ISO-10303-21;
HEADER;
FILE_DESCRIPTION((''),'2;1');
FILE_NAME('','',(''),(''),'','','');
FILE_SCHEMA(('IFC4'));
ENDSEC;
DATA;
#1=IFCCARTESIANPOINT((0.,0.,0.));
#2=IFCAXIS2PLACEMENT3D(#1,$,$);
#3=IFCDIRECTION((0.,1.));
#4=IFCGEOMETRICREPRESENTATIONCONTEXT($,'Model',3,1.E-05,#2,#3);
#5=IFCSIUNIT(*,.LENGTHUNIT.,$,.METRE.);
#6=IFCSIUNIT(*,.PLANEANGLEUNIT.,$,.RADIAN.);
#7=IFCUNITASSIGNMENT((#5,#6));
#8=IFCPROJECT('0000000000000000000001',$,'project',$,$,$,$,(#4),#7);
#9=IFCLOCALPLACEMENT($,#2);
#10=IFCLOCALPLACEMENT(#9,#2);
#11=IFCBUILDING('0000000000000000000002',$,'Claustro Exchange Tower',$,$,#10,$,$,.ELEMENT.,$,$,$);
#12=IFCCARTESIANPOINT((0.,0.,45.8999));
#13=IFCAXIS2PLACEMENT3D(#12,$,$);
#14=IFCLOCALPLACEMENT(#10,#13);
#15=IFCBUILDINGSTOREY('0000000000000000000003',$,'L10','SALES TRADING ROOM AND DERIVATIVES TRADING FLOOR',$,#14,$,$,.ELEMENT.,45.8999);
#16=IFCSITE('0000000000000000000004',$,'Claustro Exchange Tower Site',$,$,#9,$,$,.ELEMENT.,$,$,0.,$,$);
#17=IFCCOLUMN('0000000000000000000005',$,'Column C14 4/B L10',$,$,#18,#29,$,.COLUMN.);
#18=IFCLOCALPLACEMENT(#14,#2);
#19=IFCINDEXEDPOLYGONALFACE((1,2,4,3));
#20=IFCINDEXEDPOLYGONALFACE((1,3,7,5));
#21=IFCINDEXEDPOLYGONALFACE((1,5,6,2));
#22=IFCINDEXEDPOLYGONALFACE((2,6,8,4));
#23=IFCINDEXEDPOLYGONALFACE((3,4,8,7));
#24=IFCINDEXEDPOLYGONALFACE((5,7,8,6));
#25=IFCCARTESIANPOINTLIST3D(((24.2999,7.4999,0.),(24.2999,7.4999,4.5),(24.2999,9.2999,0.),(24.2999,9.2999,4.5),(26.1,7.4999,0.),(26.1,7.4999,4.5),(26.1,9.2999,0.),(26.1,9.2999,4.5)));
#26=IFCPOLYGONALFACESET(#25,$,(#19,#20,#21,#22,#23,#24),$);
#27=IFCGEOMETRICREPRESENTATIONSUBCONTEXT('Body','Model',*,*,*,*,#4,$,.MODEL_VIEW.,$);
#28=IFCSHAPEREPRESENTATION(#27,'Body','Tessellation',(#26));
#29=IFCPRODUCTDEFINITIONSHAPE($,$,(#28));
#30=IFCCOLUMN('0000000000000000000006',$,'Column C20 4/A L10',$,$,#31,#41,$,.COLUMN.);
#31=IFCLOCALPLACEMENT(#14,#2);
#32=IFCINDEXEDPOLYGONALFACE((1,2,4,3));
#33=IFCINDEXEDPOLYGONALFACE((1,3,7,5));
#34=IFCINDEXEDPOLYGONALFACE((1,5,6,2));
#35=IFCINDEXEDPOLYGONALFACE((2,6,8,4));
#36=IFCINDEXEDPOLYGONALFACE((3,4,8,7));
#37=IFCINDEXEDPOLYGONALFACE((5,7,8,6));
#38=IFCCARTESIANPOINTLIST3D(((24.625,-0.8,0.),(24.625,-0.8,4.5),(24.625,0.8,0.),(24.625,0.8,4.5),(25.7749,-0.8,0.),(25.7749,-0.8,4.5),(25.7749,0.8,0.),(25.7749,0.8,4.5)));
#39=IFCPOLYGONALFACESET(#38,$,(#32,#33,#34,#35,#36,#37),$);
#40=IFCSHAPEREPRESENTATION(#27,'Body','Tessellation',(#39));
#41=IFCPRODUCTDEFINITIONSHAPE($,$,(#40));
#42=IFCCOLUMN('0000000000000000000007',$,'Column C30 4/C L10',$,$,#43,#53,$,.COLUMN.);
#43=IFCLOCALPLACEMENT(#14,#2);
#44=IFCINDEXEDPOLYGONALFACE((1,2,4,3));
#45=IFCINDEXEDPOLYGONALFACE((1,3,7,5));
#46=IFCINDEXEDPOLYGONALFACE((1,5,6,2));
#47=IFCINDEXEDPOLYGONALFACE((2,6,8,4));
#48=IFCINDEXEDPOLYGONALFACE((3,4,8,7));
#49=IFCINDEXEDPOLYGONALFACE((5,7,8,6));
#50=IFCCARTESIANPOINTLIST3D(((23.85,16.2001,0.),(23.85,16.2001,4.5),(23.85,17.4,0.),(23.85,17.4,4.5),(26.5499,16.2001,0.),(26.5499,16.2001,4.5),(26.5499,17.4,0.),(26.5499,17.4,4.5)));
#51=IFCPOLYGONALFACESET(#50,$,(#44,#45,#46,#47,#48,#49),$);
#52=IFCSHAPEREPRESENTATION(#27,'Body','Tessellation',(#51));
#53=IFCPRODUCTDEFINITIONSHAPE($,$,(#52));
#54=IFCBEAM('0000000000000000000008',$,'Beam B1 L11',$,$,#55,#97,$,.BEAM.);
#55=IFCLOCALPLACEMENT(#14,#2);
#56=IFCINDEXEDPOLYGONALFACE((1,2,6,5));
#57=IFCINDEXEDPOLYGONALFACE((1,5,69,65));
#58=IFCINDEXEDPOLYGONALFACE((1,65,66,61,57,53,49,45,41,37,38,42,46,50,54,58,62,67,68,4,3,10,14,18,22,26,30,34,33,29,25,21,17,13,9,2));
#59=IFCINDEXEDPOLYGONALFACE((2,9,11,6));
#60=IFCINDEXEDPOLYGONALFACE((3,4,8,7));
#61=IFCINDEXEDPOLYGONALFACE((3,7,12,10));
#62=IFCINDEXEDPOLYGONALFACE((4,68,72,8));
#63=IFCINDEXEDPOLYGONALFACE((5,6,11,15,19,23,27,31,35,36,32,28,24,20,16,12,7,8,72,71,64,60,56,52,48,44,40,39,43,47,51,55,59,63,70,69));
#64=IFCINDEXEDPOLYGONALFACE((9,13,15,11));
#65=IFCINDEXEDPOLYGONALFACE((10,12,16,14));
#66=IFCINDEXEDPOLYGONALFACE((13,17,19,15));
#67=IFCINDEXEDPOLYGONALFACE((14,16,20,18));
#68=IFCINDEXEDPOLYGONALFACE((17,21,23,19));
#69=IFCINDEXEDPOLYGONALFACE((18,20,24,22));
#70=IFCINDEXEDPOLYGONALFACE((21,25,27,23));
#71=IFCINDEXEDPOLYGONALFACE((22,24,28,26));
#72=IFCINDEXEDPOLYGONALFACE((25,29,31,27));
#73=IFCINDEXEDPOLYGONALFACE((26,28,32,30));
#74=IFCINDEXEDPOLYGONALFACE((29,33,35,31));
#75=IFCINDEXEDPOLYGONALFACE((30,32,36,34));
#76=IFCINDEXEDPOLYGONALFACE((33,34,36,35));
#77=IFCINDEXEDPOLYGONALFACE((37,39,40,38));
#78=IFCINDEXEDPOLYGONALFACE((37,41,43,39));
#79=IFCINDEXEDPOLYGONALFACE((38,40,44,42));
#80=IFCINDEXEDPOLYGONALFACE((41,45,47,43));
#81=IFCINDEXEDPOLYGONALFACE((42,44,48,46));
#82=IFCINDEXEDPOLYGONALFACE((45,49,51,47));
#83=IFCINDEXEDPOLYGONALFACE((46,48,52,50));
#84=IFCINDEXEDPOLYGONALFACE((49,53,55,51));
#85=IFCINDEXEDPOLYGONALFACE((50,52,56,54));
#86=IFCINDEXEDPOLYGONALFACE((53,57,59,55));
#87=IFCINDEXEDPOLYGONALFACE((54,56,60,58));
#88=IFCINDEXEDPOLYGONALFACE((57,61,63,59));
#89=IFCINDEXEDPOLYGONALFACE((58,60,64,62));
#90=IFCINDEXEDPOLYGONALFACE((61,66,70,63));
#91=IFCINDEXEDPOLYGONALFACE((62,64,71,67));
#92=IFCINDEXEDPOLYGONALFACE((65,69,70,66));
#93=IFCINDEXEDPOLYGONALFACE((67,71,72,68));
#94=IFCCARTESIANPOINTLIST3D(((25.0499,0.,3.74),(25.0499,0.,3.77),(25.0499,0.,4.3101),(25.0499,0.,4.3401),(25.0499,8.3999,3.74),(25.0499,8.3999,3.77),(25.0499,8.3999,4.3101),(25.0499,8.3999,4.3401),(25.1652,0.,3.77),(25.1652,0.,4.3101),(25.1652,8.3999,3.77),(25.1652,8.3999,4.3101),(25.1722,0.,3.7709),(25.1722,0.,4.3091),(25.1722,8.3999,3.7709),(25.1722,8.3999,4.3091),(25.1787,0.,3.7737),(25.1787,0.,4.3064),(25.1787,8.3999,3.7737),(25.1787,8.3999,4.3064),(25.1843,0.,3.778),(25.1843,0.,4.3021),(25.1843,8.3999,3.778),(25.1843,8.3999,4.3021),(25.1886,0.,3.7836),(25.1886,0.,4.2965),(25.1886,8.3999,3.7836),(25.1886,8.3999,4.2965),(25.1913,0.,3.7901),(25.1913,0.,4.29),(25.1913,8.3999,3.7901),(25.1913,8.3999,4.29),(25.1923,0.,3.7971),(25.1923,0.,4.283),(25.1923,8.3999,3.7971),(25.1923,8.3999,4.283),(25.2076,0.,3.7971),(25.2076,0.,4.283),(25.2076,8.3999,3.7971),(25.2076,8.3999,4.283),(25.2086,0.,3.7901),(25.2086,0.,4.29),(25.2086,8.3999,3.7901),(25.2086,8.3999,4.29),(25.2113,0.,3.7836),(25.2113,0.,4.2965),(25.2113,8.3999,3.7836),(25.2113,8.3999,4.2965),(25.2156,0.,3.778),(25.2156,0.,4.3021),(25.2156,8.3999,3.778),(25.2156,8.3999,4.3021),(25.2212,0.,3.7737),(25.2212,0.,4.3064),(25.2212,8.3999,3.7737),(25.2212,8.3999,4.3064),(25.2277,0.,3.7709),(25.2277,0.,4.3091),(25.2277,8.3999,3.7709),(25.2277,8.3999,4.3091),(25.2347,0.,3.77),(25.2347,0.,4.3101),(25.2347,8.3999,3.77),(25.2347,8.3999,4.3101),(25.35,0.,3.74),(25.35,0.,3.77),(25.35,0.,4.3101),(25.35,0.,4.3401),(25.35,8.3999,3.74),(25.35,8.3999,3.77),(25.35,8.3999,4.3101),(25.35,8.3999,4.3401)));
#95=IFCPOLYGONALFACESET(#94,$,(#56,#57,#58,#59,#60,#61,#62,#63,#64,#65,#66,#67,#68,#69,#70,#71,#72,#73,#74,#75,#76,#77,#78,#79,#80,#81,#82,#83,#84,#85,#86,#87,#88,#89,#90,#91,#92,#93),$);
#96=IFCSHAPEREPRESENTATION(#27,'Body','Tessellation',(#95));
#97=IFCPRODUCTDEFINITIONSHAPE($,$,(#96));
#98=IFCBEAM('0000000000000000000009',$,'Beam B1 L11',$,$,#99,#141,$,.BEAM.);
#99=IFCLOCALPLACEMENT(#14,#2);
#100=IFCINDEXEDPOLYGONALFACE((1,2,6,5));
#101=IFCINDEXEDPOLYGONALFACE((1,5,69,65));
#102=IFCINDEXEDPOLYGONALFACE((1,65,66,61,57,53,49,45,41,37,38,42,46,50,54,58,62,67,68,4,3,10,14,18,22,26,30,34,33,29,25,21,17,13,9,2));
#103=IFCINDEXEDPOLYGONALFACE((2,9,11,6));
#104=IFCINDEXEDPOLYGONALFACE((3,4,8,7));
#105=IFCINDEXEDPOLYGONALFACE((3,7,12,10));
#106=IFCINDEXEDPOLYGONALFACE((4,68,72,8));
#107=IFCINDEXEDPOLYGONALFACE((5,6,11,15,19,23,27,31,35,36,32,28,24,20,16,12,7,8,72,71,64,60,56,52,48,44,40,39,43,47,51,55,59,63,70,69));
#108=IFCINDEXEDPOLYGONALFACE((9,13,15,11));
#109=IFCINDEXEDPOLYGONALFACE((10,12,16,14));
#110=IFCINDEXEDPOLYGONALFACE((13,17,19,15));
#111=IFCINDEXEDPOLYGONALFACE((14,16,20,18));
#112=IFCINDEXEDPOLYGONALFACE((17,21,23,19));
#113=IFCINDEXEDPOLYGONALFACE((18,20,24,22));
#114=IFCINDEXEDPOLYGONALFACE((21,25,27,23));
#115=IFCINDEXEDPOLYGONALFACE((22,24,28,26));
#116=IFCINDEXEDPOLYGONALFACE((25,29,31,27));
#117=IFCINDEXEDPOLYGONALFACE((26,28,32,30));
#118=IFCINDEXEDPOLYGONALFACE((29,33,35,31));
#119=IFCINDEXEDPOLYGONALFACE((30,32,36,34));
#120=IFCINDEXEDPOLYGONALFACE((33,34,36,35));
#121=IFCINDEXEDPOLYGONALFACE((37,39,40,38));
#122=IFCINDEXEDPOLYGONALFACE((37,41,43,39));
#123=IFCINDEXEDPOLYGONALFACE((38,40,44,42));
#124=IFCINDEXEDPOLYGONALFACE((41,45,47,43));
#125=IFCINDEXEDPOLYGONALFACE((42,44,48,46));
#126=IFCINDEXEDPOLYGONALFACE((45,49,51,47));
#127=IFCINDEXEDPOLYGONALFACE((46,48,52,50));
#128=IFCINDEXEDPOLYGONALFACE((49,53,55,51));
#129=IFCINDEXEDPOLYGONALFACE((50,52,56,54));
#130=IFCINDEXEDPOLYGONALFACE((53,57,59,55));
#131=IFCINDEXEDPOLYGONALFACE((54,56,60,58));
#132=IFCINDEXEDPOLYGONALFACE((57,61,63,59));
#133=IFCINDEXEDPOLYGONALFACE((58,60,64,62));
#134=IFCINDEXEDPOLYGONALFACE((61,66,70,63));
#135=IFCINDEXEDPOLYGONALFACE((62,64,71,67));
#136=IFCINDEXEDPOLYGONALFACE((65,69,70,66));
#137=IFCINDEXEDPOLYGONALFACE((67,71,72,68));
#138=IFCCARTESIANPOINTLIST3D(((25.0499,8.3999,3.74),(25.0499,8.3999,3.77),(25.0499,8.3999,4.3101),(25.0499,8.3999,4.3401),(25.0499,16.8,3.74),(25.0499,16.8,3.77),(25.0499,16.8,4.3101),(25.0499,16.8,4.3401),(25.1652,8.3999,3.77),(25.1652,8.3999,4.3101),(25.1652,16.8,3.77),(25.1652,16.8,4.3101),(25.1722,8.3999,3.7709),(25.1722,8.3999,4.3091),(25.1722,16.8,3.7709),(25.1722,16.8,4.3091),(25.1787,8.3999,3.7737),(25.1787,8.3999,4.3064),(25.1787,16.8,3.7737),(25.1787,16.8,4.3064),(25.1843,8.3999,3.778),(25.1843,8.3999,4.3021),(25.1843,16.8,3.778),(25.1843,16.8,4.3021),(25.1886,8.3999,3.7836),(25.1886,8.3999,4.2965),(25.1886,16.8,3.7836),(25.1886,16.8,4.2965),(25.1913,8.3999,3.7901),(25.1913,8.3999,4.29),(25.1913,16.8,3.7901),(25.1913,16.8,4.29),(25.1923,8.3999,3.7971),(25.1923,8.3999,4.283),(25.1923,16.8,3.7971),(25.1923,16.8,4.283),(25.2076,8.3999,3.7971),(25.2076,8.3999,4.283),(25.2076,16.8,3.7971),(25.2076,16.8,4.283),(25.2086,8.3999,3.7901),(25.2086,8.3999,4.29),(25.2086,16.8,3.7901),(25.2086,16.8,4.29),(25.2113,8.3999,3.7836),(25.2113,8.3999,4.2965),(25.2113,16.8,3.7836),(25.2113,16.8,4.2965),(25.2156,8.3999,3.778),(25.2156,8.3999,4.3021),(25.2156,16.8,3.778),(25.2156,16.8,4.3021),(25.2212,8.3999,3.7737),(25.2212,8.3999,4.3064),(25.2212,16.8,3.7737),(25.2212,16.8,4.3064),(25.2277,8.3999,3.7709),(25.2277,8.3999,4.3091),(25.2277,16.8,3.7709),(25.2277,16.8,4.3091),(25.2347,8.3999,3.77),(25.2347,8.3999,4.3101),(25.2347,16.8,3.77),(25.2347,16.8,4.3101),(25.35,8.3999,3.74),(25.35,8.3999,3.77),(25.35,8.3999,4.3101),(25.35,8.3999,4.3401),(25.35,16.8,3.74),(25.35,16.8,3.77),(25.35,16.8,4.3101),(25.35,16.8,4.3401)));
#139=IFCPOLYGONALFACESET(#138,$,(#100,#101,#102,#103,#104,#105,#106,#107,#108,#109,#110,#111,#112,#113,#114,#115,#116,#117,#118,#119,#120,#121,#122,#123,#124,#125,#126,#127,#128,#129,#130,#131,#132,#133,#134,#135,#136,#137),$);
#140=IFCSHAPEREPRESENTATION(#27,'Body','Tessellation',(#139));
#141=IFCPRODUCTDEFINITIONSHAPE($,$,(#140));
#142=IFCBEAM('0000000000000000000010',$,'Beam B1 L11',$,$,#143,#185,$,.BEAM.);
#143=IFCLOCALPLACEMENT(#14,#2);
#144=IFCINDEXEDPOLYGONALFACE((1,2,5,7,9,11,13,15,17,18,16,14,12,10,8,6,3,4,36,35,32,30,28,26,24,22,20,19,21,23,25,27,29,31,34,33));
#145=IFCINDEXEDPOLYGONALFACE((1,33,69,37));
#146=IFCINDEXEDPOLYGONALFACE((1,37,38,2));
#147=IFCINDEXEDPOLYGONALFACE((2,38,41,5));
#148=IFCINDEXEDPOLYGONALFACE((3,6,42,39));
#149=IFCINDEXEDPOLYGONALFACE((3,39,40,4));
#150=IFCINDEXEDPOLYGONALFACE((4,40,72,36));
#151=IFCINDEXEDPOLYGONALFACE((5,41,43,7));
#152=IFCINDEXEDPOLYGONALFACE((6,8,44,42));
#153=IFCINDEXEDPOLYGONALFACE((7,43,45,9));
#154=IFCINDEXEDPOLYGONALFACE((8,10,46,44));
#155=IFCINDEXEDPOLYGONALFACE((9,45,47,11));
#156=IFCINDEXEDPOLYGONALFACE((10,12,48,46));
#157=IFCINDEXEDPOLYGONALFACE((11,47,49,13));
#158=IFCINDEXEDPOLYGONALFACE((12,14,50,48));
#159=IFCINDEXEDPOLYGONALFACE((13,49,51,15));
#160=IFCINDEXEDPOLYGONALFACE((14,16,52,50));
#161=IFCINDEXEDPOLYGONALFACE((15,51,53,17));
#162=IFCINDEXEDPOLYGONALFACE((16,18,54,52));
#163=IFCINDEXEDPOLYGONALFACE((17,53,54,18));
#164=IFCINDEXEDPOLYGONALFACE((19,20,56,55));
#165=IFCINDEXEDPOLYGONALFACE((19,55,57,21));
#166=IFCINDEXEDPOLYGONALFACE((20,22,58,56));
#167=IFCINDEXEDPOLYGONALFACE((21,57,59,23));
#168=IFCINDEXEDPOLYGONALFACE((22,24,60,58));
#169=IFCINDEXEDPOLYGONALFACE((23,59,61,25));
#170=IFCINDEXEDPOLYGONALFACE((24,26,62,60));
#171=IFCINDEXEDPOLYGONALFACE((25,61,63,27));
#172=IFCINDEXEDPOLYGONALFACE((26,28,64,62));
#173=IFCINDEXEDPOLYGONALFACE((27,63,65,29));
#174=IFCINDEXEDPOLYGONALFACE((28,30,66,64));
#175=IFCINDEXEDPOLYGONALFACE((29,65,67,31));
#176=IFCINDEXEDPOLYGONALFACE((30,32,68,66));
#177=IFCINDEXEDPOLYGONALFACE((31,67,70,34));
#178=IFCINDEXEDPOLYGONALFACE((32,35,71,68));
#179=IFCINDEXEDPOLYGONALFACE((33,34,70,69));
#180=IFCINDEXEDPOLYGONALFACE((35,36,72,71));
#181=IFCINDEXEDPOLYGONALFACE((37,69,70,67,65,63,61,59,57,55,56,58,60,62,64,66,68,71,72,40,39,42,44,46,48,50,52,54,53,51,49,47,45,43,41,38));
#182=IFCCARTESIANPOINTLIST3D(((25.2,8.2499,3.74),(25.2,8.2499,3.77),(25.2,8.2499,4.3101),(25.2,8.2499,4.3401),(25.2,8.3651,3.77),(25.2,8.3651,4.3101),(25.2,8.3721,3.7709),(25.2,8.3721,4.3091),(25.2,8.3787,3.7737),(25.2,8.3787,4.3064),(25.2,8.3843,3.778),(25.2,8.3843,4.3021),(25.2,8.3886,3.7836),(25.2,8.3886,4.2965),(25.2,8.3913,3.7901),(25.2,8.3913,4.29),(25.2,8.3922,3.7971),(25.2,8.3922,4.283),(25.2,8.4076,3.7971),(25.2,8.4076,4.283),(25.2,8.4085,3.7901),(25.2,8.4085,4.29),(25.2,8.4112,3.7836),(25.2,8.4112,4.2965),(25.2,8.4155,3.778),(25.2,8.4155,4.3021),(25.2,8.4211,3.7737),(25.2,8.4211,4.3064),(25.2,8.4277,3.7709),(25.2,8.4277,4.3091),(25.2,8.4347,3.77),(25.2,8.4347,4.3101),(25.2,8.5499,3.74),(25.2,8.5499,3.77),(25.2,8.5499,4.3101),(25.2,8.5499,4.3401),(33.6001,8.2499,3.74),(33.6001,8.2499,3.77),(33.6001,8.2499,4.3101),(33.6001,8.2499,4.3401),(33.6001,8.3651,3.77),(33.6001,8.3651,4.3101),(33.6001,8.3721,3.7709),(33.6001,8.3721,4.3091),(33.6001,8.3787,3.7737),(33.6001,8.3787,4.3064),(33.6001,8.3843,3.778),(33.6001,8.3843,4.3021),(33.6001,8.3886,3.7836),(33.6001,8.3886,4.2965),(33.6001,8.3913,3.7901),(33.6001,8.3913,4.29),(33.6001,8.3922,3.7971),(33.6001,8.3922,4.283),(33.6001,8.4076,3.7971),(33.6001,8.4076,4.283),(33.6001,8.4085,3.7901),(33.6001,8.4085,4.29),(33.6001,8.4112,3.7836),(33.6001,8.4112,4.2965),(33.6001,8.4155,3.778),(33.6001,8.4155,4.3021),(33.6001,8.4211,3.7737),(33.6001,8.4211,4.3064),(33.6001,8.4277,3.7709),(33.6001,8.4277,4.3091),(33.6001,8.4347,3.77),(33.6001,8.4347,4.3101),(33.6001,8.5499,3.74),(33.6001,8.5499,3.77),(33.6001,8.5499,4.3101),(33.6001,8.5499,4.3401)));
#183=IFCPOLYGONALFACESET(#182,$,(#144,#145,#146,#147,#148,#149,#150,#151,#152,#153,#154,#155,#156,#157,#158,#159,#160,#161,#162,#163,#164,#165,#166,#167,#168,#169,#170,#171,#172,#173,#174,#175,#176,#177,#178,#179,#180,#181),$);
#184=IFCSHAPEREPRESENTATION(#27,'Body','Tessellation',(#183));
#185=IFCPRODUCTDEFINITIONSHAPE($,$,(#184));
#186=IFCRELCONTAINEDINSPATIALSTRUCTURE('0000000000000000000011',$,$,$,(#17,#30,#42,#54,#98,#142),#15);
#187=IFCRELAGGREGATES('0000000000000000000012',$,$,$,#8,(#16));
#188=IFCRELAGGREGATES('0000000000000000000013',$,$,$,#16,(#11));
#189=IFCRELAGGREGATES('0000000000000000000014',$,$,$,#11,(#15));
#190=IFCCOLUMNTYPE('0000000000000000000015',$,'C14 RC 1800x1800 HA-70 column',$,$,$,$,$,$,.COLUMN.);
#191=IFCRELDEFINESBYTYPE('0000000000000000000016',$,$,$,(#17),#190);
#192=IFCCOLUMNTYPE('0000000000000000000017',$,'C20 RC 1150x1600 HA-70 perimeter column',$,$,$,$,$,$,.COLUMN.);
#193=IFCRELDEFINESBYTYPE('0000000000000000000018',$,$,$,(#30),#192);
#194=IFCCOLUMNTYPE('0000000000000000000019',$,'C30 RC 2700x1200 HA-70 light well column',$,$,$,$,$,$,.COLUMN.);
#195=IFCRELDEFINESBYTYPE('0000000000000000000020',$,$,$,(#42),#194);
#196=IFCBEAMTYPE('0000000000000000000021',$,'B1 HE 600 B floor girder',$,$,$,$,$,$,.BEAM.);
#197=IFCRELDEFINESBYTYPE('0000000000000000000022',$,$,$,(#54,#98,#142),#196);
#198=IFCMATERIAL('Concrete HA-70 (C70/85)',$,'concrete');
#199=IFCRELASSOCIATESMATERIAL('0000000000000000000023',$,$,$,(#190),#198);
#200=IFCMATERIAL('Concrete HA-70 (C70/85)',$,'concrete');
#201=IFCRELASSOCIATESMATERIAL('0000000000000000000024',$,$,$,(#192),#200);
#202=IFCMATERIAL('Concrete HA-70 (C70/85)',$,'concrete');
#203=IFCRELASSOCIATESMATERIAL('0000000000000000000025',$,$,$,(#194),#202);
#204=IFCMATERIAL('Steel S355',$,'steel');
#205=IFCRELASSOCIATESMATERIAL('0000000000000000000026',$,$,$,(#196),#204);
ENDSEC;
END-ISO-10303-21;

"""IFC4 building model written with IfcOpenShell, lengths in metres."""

from ifc_helpers import new_model, si_unit, direction, frame, origin, origin_2d, place, context, subcontext, project, spatial, rectangle, i_section, extrude, material, material_profile, profile_set, type_object, element, save


model = new_model("IFC4")

# Units and contexts
model_context = context("Model", 3, precision=1e-05, world=origin(), true_north=direction((0.0, 1.0)))
body_context = subcontext(model_context, "Body", "Model", "MODEL_VIEW")
ifc_project = project(units=[si_unit("LENGTHUNIT", "METRE"), si_unit("PLANEANGLEUNIT", "RADIAN")], contexts=[model_context])

# Site, building, storey
site_placement = place(None, origin())
site = spatial("IfcSite", under=ifc_project, at=site_placement, Name="Claustro Exchange Tower Site", CompositionType="ELEMENT", RefElevation=0.0)
building_placement = place(site_placement, origin())
building = spatial("IfcBuilding", under=site, at=building_placement, Name="Claustro Exchange Tower", CompositionType="ELEMENT")
storey_placement = place(building_placement, frame((0.0, 0.0, 45.8999)))
storey = spatial("IfcBuildingStorey", under=building, at=storey_placement, Name="L10", Description="SALES TRADING ROOM AND DERIVATIVES TRADING FLOOR", CompositionType="ELEMENT", Elevation=45.8999)

# Columns
ifc_material_1 = material(Name="Concrete HA-70 (C70/85)", Category="concrete")
ifc_material_profile_1 = material_profile(ifc_material_1, rectangle(XDim=1.8, YDim=1.8, at=origin_2d()), Name="RC 1800x1800")
ifc_profile_set_1 = profile_set([ifc_material_profile_1], Name="Concrete HA-70 (C70/85)")
column_type_1 = type_object("IfcColumnType", Name="C14 RC 1800x1800 HA-70 column", PredefinedType="COLUMN", material=ifc_profile_set_1)
column_1_placement = place(storey_placement, frame((25.2, 8.3999, 0.0), z_axis=(0.0, 0.0, 1.0), x_axis=(1.0, 0.0, 0.0)))
element("IfcColumn", 1, at=column_1_placement, inside=storey, type_object=column_type_1, Name="Column C14 4/B L10", PredefinedType="COLUMN", context=body_context, shape_type="SweptSolid", body=[
    extrude(rectangle(XDim=1.8, YDim=1.8, at=origin_2d()), origin(), (0.0, 0.0, 1.0), 4.5),
])
ifc_material_2 = material(Name="Concrete HA-70 (C70/85)", Category="concrete")
ifc_material_profile_2 = material_profile(ifc_material_2, rectangle(XDim=1.1499, YDim=1.6001, at=origin_2d()), Name="RC 1150x1600")
ifc_profile_set_2 = profile_set([ifc_material_profile_2], Name="Concrete HA-70 (C70/85)")
column_type_2 = type_object("IfcColumnType", Name="C20 RC 1150x1600 HA-70 perimeter column", PredefinedType="COLUMN", material=ifc_profile_set_2)
column_2_placement = place(storey_placement, frame((25.2, 0.0, 0.0), z_axis=(0.0, 0.0, 1.0), x_axis=(1.0, 0.0, 0.0)))
element("IfcColumn", 2, at=column_2_placement, inside=storey, type_object=column_type_2, Name="Column C20 4/A L10", PredefinedType="COLUMN", context=body_context, shape_type="SweptSolid", body=[
    extrude(rectangle(XDim=1.1499, YDim=1.6001, at=origin_2d()), origin(), (0.0, 0.0, 1.0), 4.5),
])
ifc_material_3 = material(Name="Concrete HA-70 (C70/85)", Category="concrete")
ifc_material_profile_3 = material_profile(ifc_material_3, rectangle(XDim=2.7, YDim=1.2, at=origin_2d()), Name="RC 2700x1200")
ifc_profile_set_3 = profile_set([ifc_material_profile_3], Name="Concrete HA-70 (C70/85)")
column_type_3 = type_object("IfcColumnType", Name="C30 RC 2700x1200 HA-70 light well column", PredefinedType="COLUMN", material=ifc_profile_set_3)
column_3_placement = place(storey_placement, frame((25.2, 16.8, 0.0), z_axis=(0.0, 0.0, 1.0), x_axis=(1.0, 0.0, 0.0)))
element("IfcColumn", 3, at=column_3_placement, inside=storey, type_object=column_type_3, Name="Column C30 4/C L10", PredefinedType="COLUMN", context=body_context, shape_type="SweptSolid", body=[
    extrude(rectangle(XDim=2.7, YDim=1.2, at=origin_2d()), origin(), (0.0, 0.0, 1.0), 4.5),
])

# Beams
ifc_material_4 = material(Name="Steel S355", Category="steel")
ifc_material_profile_4 = material_profile(ifc_material_4, i_section(OverallWidth=0.3, OverallDepth=0.6001, WebThickness=0.0154, FlangeThickness=0.03, FilletRadius=0.0271, at=origin_2d()), Name="HE 600 B")
ifc_profile_set_4 = profile_set([ifc_material_profile_4], Name="Steel S355")
beam_type_1 = type_object("IfcBeamType", Name="B1 HE 600 B floor girder", PredefinedType="BEAM", material=ifc_profile_set_4)
beam_1_placement = place(storey_placement, frame((25.2, 0.0, 4.04), z_axis=(0.0, 1.0, 0.0), x_axis=(-1.0, 0.0, 0.0)))
element("IfcBeam", 4, at=beam_1_placement, inside=storey, type_object=beam_type_1, Name="Beam B1 L11", PredefinedType="BEAM", context=body_context, shape_type="SweptSolid", body=[
    extrude(i_section(OverallWidth=0.3, OverallDepth=0.6001, WebThickness=0.0154, FlangeThickness=0.03, FilletRadius=0.0271, at=origin_2d()), origin(), (0.0, 0.0, 1.0), 8.3999),
])
for number, where, z_axis, x_axis, name in (
    (5, (25.2, 8.3999, 4.04), (0.0, 1.0, 0.0), (-1.0, 0.0, 0.0), "Beam B1 L11"),
    (6, (25.2, 8.3999, 4.04), (1.0, 0.0, 0.0), (0.0, 1.0, 0.0), "Beam B1 L11"),
):
    element("IfcBeam", number, at=place(storey_placement, frame(where, z_axis=z_axis, x_axis=x_axis)), inside=storey, type_object=beam_type_1, Name=name, PredefinedType="BEAM", context=body_context, shape_type="SweptSolid", body=[
        extrude(i_section(OverallWidth=0.3, OverallDepth=0.6001, WebThickness=0.0154, FlangeThickness=0.03, FilletRadius=0.0271, at=origin_2d()), origin(), (0.0, 0.0, 1.0), 8.4001),
    ])

save(model, "model.ifc")
